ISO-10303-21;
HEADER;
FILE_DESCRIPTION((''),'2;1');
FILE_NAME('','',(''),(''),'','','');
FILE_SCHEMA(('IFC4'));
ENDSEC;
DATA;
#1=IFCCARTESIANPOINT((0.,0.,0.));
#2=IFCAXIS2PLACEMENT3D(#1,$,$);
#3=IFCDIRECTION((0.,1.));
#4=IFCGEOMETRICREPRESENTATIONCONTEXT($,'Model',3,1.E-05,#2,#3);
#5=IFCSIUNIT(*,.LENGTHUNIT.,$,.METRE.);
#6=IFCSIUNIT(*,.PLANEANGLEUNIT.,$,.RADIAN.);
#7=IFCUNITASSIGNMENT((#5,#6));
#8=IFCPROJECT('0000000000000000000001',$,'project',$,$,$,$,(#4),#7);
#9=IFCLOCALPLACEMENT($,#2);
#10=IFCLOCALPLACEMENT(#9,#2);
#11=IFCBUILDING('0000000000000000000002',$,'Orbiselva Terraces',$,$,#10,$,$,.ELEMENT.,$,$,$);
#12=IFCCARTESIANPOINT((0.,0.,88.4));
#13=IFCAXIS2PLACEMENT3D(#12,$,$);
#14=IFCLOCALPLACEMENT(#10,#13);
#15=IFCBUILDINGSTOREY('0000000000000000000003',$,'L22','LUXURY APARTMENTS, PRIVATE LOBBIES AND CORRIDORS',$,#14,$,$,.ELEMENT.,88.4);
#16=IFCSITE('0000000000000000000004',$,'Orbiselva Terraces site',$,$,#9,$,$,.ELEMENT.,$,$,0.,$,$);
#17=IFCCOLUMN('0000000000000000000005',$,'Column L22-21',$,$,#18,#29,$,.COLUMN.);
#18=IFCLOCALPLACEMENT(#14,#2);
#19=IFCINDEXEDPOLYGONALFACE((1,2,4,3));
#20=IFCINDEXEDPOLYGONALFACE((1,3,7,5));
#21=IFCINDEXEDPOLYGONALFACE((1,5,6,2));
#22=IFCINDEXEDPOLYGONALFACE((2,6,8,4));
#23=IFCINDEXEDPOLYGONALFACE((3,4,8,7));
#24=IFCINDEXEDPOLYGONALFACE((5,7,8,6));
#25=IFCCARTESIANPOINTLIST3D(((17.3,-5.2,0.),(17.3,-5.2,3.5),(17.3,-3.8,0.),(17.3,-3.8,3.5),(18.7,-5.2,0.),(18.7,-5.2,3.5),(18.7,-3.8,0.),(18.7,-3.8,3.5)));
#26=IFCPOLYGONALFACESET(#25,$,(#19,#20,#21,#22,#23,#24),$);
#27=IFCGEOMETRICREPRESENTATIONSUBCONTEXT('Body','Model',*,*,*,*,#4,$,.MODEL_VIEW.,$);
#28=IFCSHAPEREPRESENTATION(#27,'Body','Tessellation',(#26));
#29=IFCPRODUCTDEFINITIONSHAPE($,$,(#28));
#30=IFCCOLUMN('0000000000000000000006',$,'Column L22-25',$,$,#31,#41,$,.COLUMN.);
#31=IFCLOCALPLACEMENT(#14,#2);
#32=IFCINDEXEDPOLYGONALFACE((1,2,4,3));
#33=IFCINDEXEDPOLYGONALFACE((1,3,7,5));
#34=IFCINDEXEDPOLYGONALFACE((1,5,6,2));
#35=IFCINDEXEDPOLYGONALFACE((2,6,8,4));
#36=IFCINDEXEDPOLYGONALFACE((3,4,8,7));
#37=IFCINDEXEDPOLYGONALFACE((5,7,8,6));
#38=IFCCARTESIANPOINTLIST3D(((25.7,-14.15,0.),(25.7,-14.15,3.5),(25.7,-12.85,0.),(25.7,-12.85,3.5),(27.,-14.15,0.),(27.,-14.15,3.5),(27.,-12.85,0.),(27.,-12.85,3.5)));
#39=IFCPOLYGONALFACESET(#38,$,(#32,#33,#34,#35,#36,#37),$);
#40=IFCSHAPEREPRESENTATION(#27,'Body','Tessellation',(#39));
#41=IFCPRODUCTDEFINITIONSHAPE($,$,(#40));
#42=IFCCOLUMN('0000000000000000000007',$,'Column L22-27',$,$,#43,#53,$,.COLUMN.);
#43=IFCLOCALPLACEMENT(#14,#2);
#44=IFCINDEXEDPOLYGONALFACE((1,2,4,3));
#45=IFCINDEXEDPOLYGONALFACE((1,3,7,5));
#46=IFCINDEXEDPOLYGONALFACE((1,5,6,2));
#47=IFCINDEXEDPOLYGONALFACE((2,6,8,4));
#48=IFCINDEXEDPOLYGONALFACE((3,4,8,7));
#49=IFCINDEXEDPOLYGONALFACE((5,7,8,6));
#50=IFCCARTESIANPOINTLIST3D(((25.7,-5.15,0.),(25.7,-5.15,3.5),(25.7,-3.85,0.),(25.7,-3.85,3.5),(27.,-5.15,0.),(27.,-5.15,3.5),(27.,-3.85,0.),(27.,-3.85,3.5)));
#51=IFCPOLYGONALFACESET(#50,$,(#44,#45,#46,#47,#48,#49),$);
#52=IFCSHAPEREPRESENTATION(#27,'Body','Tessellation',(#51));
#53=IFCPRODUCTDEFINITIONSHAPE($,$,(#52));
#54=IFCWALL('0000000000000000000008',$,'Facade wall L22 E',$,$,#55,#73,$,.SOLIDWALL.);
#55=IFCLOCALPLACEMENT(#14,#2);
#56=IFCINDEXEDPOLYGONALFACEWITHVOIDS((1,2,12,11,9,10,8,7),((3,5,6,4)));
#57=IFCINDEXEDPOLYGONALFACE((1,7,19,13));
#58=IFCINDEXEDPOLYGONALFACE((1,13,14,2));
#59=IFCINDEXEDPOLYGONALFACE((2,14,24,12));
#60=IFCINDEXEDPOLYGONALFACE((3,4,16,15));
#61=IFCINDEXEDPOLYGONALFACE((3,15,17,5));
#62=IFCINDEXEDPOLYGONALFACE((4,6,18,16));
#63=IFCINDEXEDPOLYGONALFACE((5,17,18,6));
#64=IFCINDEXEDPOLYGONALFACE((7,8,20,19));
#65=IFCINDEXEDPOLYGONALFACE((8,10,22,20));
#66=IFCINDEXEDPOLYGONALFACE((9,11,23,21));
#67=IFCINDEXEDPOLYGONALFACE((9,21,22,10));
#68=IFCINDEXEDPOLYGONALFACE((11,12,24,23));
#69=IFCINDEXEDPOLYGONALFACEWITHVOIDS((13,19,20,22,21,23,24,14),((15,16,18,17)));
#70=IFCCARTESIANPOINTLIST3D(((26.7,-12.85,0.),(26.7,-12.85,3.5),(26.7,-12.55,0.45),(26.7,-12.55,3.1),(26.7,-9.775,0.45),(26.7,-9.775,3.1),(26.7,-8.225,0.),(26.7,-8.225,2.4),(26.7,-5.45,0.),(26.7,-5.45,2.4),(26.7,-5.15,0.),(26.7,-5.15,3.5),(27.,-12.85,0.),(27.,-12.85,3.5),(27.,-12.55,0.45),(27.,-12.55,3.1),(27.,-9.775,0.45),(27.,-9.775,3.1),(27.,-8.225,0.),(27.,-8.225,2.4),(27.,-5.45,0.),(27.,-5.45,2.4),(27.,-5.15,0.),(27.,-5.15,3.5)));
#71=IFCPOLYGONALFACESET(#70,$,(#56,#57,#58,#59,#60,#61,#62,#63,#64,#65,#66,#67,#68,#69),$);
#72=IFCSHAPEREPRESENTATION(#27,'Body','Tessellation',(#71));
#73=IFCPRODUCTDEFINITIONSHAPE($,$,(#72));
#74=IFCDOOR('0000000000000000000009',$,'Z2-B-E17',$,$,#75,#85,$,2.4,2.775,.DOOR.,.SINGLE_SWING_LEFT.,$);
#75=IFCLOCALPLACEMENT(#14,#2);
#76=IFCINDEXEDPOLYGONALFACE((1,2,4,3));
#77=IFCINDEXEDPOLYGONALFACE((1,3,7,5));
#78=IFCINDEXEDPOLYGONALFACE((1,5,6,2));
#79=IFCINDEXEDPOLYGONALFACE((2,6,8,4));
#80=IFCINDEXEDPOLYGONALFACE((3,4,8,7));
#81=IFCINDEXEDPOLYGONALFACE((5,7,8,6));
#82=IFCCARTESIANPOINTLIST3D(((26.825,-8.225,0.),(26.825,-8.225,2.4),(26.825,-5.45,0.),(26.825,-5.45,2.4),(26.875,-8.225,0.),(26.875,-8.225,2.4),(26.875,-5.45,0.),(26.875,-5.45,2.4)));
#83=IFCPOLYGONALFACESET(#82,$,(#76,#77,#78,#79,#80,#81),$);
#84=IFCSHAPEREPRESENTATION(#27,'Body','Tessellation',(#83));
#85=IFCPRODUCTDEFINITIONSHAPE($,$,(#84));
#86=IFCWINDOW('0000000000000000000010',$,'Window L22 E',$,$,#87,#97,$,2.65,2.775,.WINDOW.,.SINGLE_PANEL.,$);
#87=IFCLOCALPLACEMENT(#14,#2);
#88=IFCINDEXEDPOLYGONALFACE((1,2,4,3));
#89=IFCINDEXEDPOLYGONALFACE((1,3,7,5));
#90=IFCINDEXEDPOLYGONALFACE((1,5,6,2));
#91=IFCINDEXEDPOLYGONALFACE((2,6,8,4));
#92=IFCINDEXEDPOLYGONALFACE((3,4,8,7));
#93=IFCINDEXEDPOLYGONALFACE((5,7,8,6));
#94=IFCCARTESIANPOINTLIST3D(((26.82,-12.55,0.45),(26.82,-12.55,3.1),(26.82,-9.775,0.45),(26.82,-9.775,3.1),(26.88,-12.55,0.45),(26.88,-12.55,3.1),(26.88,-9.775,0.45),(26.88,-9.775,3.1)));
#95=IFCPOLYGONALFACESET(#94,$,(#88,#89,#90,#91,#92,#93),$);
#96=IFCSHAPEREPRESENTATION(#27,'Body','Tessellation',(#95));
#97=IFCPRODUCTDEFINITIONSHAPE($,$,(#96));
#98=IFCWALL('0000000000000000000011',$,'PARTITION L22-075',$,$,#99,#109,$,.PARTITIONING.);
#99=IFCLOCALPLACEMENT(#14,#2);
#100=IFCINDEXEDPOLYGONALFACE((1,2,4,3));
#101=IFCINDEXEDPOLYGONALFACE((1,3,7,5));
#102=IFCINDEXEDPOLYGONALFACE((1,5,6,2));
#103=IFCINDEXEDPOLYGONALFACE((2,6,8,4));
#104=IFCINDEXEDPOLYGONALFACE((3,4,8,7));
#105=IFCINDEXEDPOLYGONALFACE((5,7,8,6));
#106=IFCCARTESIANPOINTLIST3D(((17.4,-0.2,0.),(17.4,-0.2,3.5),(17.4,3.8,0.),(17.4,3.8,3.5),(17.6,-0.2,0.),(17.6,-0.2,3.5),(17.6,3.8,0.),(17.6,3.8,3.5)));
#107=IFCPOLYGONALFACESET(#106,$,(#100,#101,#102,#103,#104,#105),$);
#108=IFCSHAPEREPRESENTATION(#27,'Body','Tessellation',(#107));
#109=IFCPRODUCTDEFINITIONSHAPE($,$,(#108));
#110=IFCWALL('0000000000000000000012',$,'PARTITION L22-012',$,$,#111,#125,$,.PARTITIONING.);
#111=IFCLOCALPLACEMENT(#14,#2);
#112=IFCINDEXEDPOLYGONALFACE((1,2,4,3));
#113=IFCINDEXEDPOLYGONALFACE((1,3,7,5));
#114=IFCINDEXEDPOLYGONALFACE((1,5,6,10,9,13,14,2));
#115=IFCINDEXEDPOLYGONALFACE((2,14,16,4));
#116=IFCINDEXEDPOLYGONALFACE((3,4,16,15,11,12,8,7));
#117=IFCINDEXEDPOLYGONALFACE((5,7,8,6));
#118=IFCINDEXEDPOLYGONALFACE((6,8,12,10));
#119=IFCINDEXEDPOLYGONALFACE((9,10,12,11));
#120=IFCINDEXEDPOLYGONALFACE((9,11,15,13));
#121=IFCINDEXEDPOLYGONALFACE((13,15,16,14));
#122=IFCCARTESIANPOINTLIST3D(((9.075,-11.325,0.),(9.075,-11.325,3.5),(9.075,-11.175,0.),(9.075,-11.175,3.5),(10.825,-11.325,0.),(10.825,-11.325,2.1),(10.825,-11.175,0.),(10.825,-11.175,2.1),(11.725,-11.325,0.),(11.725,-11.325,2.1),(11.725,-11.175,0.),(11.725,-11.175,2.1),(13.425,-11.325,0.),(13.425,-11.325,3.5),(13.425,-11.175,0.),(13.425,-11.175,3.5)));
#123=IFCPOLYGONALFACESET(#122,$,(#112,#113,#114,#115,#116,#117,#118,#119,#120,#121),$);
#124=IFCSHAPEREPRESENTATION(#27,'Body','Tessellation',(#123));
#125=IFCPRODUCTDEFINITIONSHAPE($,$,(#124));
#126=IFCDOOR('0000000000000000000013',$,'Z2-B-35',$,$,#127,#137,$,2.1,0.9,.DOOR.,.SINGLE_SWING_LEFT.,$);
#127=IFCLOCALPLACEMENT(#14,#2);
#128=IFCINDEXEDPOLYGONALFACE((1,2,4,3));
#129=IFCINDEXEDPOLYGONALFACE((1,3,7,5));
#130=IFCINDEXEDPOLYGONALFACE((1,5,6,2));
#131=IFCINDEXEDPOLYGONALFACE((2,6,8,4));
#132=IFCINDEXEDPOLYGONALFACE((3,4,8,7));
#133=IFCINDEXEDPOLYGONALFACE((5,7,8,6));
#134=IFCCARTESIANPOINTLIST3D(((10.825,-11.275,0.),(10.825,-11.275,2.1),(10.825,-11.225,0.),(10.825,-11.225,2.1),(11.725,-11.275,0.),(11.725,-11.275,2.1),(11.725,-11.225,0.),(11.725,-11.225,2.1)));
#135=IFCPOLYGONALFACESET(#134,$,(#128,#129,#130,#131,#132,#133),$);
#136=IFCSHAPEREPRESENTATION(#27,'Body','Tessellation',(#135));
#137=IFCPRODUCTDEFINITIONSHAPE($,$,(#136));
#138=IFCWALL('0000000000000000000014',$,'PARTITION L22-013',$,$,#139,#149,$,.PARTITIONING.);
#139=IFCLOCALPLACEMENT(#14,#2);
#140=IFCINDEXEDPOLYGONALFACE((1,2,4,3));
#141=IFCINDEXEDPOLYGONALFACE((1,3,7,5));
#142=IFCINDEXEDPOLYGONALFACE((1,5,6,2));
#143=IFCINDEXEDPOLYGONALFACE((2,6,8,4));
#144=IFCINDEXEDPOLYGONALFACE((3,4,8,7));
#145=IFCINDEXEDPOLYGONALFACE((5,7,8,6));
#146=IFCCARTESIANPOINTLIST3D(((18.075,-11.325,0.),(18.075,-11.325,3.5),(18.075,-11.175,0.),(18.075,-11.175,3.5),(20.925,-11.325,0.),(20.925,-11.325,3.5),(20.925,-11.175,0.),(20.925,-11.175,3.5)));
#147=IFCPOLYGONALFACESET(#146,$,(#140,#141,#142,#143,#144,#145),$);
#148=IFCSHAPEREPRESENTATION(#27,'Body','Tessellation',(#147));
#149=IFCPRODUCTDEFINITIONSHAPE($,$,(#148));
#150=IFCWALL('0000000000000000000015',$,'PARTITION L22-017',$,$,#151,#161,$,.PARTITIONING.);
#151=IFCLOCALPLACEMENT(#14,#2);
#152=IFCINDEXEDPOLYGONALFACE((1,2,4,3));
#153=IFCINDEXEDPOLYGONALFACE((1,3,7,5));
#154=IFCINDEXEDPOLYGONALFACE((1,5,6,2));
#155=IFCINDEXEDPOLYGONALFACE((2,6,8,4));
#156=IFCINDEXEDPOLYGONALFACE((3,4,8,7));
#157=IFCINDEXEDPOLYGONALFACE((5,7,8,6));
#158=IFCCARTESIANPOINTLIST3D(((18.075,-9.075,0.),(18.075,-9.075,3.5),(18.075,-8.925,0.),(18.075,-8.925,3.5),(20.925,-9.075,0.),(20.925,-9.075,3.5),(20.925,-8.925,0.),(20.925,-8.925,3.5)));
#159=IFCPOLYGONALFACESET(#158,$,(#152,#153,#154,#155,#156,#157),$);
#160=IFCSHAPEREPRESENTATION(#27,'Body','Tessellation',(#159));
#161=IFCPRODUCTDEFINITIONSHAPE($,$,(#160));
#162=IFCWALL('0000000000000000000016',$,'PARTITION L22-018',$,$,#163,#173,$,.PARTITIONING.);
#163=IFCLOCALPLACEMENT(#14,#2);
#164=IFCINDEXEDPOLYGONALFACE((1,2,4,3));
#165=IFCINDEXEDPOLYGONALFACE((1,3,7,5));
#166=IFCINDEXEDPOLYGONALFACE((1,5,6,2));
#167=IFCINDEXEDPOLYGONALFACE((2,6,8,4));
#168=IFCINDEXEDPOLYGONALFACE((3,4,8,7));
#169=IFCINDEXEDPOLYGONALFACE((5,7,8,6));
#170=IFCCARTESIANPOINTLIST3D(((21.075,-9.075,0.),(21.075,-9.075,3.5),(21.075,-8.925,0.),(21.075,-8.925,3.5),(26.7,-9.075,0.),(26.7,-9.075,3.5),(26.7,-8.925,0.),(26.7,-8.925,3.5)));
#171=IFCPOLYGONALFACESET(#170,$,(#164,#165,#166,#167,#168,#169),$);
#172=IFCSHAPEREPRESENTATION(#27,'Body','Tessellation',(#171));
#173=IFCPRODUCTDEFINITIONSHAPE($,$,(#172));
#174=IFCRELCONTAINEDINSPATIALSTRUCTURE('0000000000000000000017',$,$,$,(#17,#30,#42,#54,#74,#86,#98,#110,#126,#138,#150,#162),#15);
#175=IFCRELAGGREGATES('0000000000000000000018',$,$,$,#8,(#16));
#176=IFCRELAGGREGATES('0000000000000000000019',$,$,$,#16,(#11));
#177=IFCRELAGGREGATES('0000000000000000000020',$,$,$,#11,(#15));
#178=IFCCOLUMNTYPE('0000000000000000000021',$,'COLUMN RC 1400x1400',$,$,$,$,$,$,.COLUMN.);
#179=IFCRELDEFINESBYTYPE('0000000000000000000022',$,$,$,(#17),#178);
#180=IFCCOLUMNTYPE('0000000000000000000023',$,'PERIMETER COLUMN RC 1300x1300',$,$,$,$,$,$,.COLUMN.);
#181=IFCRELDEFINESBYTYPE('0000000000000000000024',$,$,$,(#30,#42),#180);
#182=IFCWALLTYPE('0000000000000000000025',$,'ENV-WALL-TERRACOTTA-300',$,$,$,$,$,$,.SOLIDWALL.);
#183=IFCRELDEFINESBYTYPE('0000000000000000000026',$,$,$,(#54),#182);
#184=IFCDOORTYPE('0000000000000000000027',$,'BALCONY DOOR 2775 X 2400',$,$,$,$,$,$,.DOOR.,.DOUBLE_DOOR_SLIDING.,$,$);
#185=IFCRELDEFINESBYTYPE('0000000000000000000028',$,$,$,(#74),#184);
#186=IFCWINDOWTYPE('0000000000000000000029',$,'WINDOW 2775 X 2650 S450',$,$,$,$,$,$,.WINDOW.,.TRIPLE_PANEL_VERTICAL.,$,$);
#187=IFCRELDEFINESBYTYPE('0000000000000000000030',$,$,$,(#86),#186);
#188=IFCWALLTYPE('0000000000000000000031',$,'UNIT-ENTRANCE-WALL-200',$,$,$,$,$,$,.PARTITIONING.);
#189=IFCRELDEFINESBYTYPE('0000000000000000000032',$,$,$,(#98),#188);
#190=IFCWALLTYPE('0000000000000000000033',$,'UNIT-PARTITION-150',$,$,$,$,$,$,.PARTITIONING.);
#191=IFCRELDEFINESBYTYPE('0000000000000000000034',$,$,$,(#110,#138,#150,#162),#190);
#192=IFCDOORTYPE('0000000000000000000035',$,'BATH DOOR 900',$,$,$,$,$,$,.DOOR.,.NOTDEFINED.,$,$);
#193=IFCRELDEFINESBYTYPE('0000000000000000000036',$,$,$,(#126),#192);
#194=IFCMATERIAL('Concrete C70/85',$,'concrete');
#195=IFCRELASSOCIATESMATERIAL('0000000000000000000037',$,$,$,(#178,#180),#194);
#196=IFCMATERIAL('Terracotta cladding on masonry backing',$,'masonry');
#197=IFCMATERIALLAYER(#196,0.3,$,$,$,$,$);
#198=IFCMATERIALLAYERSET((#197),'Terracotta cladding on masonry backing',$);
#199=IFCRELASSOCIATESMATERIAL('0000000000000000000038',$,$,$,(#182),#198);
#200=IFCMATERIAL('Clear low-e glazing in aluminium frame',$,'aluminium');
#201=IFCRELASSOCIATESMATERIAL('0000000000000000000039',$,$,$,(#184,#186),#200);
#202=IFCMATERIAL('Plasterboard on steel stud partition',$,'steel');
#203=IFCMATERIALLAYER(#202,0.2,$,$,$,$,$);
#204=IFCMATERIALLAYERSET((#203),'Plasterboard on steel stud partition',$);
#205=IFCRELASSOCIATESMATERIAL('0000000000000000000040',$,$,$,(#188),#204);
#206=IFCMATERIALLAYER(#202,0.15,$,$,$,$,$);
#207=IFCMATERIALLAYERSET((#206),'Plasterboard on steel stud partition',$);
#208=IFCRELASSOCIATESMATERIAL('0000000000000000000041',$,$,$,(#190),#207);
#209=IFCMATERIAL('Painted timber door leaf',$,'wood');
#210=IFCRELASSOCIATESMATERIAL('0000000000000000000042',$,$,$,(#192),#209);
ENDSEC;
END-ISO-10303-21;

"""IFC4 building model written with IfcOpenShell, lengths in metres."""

from ifc_helpers import new_model, si_unit, direction, frame, frame_2d, origin, origin_2d, place, context, subcontext, project, spatial, rectangle, extrude, material, layer, layer_set, material_profile, profile_set, type_object, element, fill, save


model = new_model("IFC4")

# Units and contexts
model_context = context("Model", 3, precision=1e-05, world=origin(), true_north=direction((0.0, 1.0)))
body_context = subcontext(model_context, "Body", "Model", "MODEL_VIEW")
ifc_project = project(units=[si_unit("LENGTHUNIT", "METRE"), si_unit("PLANEANGLEUNIT", "RADIAN")], contexts=[model_context])

# Site, building, storey
site_placement = place(None, origin())
site = spatial("IfcSite", under=ifc_project, at=site_placement, Name="Orbiselva Terraces site", CompositionType="ELEMENT", RefElevation=0.0)
building_placement = place(site_placement, origin())
building = spatial("IfcBuilding", under=site, at=building_placement, Name="Orbiselva Terraces", CompositionType="ELEMENT")
storey_placement = place(building_placement, frame((0.0, 0.0, 88.4)))
storey = spatial("IfcBuildingStorey", under=building, at=storey_placement, Name="L22", Description="LUXURY APARTMENTS, PRIVATE LOBBIES AND CORRIDORS", CompositionType="ELEMENT", Elevation=88.4)

# Columns
ifc_material_1 = material(Name="Concrete C70/85", Category="concrete")
ifc_material_profile_1 = material_profile(ifc_material_1, rectangle(XDim=1.4, YDim=1.4, at=origin_2d()), Name="RC 1400x1400")
ifc_profile_set_1 = profile_set([ifc_material_profile_1], Name="Concrete C70/85")
column_type_1 = type_object("IfcColumnType", Name="COLUMN RC 1400x1400", PredefinedType="COLUMN", material=ifc_profile_set_1)
column_placement = place(storey_placement, frame((18.0, -4.5, 0.0), z_axis=(0.0, 0.0, 1.0), x_axis=(1.0, 0.0, 0.0)))
element("IfcColumn", 1, at=column_placement, inside=storey, type_object=column_type_1, Name="Column L22-21", PredefinedType="COLUMN", context=body_context, shape_type="SweptSolid", body=[
    extrude(rectangle(XDim=1.4, YDim=1.4, at=origin_2d()), origin(), (0.0, 0.0, 1.0), 3.5),
])
ifc_material_profile_2 = material_profile(ifc_material_1, rectangle(XDim=1.3, YDim=1.3, at=origin_2d()), Name="RC 1300x1300")
ifc_profile_set_2 = profile_set([ifc_material_profile_2], Name="Concrete C70/85")
column_type_2 = type_object("IfcColumnType", Name="PERIMETER COLUMN RC 1300x1300", PredefinedType="COLUMN", material=ifc_profile_set_2)
for number, where, z_axis, x_axis, name in (
    (2, (26.35, -13.5, 0.0), (0.0, 0.0, 1.0), (1.0, 0.0, 0.0), "Column L22-25"),
    (3, (26.35, -4.5, 0.0), (0.0, 0.0, 1.0), (1.0, 0.0, 0.0), "Column L22-27"),
):
    element("IfcColumn", number, at=place(storey_placement, frame(where, z_axis=z_axis, x_axis=x_axis)), inside=storey, type_object=column_type_2, Name=name, PredefinedType="COLUMN", context=body_context, shape_type="SweptSolid", body=[
        extrude(rectangle(XDim=1.3, YDim=1.3, at=origin_2d()), origin(), (0.0, 0.0, 1.0), 3.5),
    ])

# Wall, openings, door, window
ifc_material_2 = material(Name="Terracotta cladding on masonry backing", Category="masonry")
ifc_layer_1 = layer(ifc_material_2, 0.3)
ifc_layer_set_1 = layer_set([ifc_layer_1], Name="Terracotta cladding on masonry backing")
wall_type_1 = type_object("IfcWallType", Name="ENV-WALL-TERRACOTTA-300", PredefinedType="SOLIDWALL", material=ifc_layer_set_1)
wall_1_placement = place(storey_placement, frame((26.85, -5.15, 0.0), z_axis=(0.0, 0.0, 1.0), x_axis=(0.0, -1.0, 0.0)))
wall_1 = element("IfcWall", 4, at=wall_1_placement, inside=storey, type_object=wall_type_1, Name="Facade wall L22 E", PredefinedType="SOLIDWALL", context=body_context, shape_type="SweptSolid", body=[
    extrude(rectangle(XDim=7.7, YDim=0.3, at=frame_2d((3.85, 0.0))), origin(), (0.0, 0.0, 1.0), 3.5),
])
opening_1_placement = place(wall_1_placement, frame((4.625, 0.0, 0.45)))
opening_1 = element("IfcOpeningElement", 5, at=opening_1_placement, cuts=wall_1, PredefinedType="OPENING", context=body_context, shape_type="SweptSolid", body=[
    extrude(rectangle(XDim=2.775, YDim=2.65, at=frame_2d((1.3875, 1.325))), frame((0.0, 0.16, 0.0), z_axis=(0.0, -1.0, 0.0), x_axis=(1.0, 0.0, 0.0)), (0.0, 0.0, 1.0), 0.32),
])
opening_2_placement = place(wall_1_placement, frame((0.3, 0.0, 0.0)))
opening_2 = element("IfcOpeningElement", 6, at=opening_2_placement, cuts=wall_1, PredefinedType="OPENING", context=body_context, shape_type="SweptSolid", body=[
    extrude(rectangle(XDim=2.775, YDim=2.4, at=frame_2d((1.3875, 1.2))), frame((0.0, 0.16, 0.0), z_axis=(0.0, -1.0, 0.0), x_axis=(1.0, 0.0, 0.0)), (0.0, 0.0, 1.0), 0.32),
])
ifc_material_3 = material(Name="Clear low-e glazing in aluminium frame", Category="aluminium")
door_type_1 = type_object("IfcDoorType", Name="BALCONY DOOR 2775 X 2400", OperationType="DOUBLE_DOOR_SLIDING", PredefinedType="DOOR", material=ifc_material_3)
door_1_placement = place(opening_2_placement, origin())
door_1 = element("IfcDoor", 7, at=door_1_placement, inside=storey, type_object=door_type_1, Name="Z2-B-E17", OperationType="SINGLE_SWING_LEFT", OverallHeight=2.4, OverallWidth=2.775, PredefinedType="DOOR", context=body_context, shape_type="SweptSolid", body=[
    extrude(rectangle(XDim=2.775, YDim=2.4, at=frame_2d((1.3875, 1.2))), frame((0.0, 0.025, 0.0), z_axis=(0.0, -1.0, 0.0), x_axis=(1.0, 0.0, 0.0)), (0.0, 0.0, 1.0), 0.05),
])
fill(opening_2, door_1)
window_type = type_object("IfcWindowType", Name="WINDOW 2775 X 2650 S450", PartitioningType="TRIPLE_PANEL_VERTICAL", PredefinedType="WINDOW", material=ifc_material_3)
window_placement = place(opening_1_placement, origin())
window = element("IfcWindow", 8, at=window_placement, inside=storey, type_object=window_type, Name="Window L22 E", OverallHeight=2.65, OverallWidth=2.775, PartitioningType="SINGLE_PANEL", PredefinedType="WINDOW", context=body_context, shape_type="SweptSolid", body=[
    extrude(rectangle(XDim=2.775, YDim=2.65, at=frame_2d((1.3875, 1.325))), frame((0.0, 0.03, 0.0), z_axis=(0.0, -1.0, 0.0), x_axis=(1.0, 0.0, 0.0)), (0.0, 0.0, 1.0), 0.06),
])
fill(opening_1, window)

# Wall
ifc_material_4 = material(Name="Plasterboard on steel stud partition", Category="steel")
ifc_layer_2 = layer(ifc_material_4, 0.2)
ifc_layer_set_2 = layer_set([ifc_layer_2], Name="Plasterboard on steel stud partition")
wall_type_2 = type_object("IfcWallType", Name="UNIT-ENTRANCE-WALL-200", PredefinedType="PARTITIONING", material=ifc_layer_set_2)
wall_2_placement = place(storey_placement, frame((17.5, -0.2, 0.0), z_axis=(0.0, 0.0, 1.0), x_axis=(0.0, 1.0, 0.0)))
element("IfcWall", 9, at=wall_2_placement, inside=storey, type_object=wall_type_2, Name="PARTITION L22-075", PredefinedType="PARTITIONING", context=body_context, shape_type="SweptSolid", body=[
    extrude(rectangle(XDim=4.0, YDim=0.2, at=frame_2d((2.0, 0.0))), origin(), (0.0, 0.0, 1.0), 3.5),
])

# Wall, opening, door
ifc_layer_3 = layer(ifc_material_4, 0.15)
ifc_layer_set_3 = layer_set([ifc_layer_3], Name="Plasterboard on steel stud partition")
wall_type_3 = type_object("IfcWallType", Name="UNIT-PARTITION-150", PredefinedType="PARTITIONING", material=ifc_layer_set_3)
wall_3_placement = place(storey_placement, frame((13.425, -11.25, 0.0), z_axis=(0.0, 0.0, 1.0), x_axis=(-1.0, 0.0, 0.0)))
wall_3 = element("IfcWall", 10, at=wall_3_placement, inside=storey, type_object=wall_type_3, Name="PARTITION L22-012", PredefinedType="PARTITIONING", context=body_context, shape_type="SweptSolid", body=[
    extrude(rectangle(XDim=4.35, YDim=0.15, at=frame_2d((2.175, 0.0))), origin(), (0.0, 0.0, 1.0), 3.5),
])
opening_3_placement = place(wall_3_placement, frame((1.7, 0.0, 0.0)))
opening_3 = element("IfcOpeningElement", 11, at=opening_3_placement, cuts=wall_3, PredefinedType="OPENING", context=body_context, shape_type="SweptSolid", body=[
    extrude(rectangle(XDim=0.9, YDim=2.1, at=frame_2d((0.45, 1.05))), frame((0.0, 0.085, 0.0), z_axis=(0.0, -1.0, 0.0), x_axis=(1.0, 0.0, 0.0)), (0.0, 0.0, 1.0), 0.17),
])
ifc_material_5 = material(Name="Painted timber door leaf", Category="wood")
door_type_2 = type_object("IfcDoorType", Name="BATH DOOR 900", OperationType="NOTDEFINED", PredefinedType="DOOR", material=ifc_material_5)
door_2_placement = place(opening_3_placement, origin())
door_2 = element("IfcDoor", 12, at=door_2_placement, inside=storey, type_object=door_type_2, Name="Z2-B-35", OperationType="SINGLE_SWING_LEFT", OverallHeight=2.1, OverallWidth=0.9, PredefinedType="DOOR", context=body_context, shape_type="SweptSolid", body=[
    extrude(rectangle(XDim=0.9, YDim=2.1, at=frame_2d((0.45, 1.05))), frame((0.0, 0.025, 0.0), z_axis=(0.0, -1.0, 0.0), x_axis=(1.0, 0.0, 0.0)), (0.0, 0.0, 1.0), 0.05),
])
fill(opening_3, door_2)

# Walls
for number, where, z_axis, x_axis, name in (
    (13, (18.075, -11.25, 0.0), (0.0, 0.0, 1.0), (1.0, 0.0, 0.0), "PARTITION L22-013"),
    (14, (18.075, -9.0, 0.0), (0.0, 0.0, 1.0), (1.0, 0.0, 0.0), "PARTITION L22-017"),
):
    element("IfcWall", number, at=place(storey_placement, frame(where, z_axis=z_axis, x_axis=x_axis)), inside=storey, type_object=wall_type_3, Name=name, PredefinedType="PARTITIONING", context=body_context, shape_type="SweptSolid", body=[
        extrude(rectangle(XDim=2.85, YDim=0.15, at=frame_2d((1.425, 0.0))), origin(), (0.0, 0.0, 1.0), 3.5),
    ])
wall_4_placement = place(storey_placement, frame((21.075, -9.0, 0.0), z_axis=(0.0, 0.0, 1.0), x_axis=(1.0, 0.0, 0.0)))
element("IfcWall", 15, at=wall_4_placement, inside=storey, type_object=wall_type_3, Name="PARTITION L22-018", PredefinedType="PARTITIONING", context=body_context, shape_type="SweptSolid", body=[
    extrude(rectangle(XDim=5.625, YDim=0.15, at=frame_2d((2.8125, 0.0))), origin(), (0.0, 0.0, 1.0), 3.5),
])

save(model, "model.ifc")
